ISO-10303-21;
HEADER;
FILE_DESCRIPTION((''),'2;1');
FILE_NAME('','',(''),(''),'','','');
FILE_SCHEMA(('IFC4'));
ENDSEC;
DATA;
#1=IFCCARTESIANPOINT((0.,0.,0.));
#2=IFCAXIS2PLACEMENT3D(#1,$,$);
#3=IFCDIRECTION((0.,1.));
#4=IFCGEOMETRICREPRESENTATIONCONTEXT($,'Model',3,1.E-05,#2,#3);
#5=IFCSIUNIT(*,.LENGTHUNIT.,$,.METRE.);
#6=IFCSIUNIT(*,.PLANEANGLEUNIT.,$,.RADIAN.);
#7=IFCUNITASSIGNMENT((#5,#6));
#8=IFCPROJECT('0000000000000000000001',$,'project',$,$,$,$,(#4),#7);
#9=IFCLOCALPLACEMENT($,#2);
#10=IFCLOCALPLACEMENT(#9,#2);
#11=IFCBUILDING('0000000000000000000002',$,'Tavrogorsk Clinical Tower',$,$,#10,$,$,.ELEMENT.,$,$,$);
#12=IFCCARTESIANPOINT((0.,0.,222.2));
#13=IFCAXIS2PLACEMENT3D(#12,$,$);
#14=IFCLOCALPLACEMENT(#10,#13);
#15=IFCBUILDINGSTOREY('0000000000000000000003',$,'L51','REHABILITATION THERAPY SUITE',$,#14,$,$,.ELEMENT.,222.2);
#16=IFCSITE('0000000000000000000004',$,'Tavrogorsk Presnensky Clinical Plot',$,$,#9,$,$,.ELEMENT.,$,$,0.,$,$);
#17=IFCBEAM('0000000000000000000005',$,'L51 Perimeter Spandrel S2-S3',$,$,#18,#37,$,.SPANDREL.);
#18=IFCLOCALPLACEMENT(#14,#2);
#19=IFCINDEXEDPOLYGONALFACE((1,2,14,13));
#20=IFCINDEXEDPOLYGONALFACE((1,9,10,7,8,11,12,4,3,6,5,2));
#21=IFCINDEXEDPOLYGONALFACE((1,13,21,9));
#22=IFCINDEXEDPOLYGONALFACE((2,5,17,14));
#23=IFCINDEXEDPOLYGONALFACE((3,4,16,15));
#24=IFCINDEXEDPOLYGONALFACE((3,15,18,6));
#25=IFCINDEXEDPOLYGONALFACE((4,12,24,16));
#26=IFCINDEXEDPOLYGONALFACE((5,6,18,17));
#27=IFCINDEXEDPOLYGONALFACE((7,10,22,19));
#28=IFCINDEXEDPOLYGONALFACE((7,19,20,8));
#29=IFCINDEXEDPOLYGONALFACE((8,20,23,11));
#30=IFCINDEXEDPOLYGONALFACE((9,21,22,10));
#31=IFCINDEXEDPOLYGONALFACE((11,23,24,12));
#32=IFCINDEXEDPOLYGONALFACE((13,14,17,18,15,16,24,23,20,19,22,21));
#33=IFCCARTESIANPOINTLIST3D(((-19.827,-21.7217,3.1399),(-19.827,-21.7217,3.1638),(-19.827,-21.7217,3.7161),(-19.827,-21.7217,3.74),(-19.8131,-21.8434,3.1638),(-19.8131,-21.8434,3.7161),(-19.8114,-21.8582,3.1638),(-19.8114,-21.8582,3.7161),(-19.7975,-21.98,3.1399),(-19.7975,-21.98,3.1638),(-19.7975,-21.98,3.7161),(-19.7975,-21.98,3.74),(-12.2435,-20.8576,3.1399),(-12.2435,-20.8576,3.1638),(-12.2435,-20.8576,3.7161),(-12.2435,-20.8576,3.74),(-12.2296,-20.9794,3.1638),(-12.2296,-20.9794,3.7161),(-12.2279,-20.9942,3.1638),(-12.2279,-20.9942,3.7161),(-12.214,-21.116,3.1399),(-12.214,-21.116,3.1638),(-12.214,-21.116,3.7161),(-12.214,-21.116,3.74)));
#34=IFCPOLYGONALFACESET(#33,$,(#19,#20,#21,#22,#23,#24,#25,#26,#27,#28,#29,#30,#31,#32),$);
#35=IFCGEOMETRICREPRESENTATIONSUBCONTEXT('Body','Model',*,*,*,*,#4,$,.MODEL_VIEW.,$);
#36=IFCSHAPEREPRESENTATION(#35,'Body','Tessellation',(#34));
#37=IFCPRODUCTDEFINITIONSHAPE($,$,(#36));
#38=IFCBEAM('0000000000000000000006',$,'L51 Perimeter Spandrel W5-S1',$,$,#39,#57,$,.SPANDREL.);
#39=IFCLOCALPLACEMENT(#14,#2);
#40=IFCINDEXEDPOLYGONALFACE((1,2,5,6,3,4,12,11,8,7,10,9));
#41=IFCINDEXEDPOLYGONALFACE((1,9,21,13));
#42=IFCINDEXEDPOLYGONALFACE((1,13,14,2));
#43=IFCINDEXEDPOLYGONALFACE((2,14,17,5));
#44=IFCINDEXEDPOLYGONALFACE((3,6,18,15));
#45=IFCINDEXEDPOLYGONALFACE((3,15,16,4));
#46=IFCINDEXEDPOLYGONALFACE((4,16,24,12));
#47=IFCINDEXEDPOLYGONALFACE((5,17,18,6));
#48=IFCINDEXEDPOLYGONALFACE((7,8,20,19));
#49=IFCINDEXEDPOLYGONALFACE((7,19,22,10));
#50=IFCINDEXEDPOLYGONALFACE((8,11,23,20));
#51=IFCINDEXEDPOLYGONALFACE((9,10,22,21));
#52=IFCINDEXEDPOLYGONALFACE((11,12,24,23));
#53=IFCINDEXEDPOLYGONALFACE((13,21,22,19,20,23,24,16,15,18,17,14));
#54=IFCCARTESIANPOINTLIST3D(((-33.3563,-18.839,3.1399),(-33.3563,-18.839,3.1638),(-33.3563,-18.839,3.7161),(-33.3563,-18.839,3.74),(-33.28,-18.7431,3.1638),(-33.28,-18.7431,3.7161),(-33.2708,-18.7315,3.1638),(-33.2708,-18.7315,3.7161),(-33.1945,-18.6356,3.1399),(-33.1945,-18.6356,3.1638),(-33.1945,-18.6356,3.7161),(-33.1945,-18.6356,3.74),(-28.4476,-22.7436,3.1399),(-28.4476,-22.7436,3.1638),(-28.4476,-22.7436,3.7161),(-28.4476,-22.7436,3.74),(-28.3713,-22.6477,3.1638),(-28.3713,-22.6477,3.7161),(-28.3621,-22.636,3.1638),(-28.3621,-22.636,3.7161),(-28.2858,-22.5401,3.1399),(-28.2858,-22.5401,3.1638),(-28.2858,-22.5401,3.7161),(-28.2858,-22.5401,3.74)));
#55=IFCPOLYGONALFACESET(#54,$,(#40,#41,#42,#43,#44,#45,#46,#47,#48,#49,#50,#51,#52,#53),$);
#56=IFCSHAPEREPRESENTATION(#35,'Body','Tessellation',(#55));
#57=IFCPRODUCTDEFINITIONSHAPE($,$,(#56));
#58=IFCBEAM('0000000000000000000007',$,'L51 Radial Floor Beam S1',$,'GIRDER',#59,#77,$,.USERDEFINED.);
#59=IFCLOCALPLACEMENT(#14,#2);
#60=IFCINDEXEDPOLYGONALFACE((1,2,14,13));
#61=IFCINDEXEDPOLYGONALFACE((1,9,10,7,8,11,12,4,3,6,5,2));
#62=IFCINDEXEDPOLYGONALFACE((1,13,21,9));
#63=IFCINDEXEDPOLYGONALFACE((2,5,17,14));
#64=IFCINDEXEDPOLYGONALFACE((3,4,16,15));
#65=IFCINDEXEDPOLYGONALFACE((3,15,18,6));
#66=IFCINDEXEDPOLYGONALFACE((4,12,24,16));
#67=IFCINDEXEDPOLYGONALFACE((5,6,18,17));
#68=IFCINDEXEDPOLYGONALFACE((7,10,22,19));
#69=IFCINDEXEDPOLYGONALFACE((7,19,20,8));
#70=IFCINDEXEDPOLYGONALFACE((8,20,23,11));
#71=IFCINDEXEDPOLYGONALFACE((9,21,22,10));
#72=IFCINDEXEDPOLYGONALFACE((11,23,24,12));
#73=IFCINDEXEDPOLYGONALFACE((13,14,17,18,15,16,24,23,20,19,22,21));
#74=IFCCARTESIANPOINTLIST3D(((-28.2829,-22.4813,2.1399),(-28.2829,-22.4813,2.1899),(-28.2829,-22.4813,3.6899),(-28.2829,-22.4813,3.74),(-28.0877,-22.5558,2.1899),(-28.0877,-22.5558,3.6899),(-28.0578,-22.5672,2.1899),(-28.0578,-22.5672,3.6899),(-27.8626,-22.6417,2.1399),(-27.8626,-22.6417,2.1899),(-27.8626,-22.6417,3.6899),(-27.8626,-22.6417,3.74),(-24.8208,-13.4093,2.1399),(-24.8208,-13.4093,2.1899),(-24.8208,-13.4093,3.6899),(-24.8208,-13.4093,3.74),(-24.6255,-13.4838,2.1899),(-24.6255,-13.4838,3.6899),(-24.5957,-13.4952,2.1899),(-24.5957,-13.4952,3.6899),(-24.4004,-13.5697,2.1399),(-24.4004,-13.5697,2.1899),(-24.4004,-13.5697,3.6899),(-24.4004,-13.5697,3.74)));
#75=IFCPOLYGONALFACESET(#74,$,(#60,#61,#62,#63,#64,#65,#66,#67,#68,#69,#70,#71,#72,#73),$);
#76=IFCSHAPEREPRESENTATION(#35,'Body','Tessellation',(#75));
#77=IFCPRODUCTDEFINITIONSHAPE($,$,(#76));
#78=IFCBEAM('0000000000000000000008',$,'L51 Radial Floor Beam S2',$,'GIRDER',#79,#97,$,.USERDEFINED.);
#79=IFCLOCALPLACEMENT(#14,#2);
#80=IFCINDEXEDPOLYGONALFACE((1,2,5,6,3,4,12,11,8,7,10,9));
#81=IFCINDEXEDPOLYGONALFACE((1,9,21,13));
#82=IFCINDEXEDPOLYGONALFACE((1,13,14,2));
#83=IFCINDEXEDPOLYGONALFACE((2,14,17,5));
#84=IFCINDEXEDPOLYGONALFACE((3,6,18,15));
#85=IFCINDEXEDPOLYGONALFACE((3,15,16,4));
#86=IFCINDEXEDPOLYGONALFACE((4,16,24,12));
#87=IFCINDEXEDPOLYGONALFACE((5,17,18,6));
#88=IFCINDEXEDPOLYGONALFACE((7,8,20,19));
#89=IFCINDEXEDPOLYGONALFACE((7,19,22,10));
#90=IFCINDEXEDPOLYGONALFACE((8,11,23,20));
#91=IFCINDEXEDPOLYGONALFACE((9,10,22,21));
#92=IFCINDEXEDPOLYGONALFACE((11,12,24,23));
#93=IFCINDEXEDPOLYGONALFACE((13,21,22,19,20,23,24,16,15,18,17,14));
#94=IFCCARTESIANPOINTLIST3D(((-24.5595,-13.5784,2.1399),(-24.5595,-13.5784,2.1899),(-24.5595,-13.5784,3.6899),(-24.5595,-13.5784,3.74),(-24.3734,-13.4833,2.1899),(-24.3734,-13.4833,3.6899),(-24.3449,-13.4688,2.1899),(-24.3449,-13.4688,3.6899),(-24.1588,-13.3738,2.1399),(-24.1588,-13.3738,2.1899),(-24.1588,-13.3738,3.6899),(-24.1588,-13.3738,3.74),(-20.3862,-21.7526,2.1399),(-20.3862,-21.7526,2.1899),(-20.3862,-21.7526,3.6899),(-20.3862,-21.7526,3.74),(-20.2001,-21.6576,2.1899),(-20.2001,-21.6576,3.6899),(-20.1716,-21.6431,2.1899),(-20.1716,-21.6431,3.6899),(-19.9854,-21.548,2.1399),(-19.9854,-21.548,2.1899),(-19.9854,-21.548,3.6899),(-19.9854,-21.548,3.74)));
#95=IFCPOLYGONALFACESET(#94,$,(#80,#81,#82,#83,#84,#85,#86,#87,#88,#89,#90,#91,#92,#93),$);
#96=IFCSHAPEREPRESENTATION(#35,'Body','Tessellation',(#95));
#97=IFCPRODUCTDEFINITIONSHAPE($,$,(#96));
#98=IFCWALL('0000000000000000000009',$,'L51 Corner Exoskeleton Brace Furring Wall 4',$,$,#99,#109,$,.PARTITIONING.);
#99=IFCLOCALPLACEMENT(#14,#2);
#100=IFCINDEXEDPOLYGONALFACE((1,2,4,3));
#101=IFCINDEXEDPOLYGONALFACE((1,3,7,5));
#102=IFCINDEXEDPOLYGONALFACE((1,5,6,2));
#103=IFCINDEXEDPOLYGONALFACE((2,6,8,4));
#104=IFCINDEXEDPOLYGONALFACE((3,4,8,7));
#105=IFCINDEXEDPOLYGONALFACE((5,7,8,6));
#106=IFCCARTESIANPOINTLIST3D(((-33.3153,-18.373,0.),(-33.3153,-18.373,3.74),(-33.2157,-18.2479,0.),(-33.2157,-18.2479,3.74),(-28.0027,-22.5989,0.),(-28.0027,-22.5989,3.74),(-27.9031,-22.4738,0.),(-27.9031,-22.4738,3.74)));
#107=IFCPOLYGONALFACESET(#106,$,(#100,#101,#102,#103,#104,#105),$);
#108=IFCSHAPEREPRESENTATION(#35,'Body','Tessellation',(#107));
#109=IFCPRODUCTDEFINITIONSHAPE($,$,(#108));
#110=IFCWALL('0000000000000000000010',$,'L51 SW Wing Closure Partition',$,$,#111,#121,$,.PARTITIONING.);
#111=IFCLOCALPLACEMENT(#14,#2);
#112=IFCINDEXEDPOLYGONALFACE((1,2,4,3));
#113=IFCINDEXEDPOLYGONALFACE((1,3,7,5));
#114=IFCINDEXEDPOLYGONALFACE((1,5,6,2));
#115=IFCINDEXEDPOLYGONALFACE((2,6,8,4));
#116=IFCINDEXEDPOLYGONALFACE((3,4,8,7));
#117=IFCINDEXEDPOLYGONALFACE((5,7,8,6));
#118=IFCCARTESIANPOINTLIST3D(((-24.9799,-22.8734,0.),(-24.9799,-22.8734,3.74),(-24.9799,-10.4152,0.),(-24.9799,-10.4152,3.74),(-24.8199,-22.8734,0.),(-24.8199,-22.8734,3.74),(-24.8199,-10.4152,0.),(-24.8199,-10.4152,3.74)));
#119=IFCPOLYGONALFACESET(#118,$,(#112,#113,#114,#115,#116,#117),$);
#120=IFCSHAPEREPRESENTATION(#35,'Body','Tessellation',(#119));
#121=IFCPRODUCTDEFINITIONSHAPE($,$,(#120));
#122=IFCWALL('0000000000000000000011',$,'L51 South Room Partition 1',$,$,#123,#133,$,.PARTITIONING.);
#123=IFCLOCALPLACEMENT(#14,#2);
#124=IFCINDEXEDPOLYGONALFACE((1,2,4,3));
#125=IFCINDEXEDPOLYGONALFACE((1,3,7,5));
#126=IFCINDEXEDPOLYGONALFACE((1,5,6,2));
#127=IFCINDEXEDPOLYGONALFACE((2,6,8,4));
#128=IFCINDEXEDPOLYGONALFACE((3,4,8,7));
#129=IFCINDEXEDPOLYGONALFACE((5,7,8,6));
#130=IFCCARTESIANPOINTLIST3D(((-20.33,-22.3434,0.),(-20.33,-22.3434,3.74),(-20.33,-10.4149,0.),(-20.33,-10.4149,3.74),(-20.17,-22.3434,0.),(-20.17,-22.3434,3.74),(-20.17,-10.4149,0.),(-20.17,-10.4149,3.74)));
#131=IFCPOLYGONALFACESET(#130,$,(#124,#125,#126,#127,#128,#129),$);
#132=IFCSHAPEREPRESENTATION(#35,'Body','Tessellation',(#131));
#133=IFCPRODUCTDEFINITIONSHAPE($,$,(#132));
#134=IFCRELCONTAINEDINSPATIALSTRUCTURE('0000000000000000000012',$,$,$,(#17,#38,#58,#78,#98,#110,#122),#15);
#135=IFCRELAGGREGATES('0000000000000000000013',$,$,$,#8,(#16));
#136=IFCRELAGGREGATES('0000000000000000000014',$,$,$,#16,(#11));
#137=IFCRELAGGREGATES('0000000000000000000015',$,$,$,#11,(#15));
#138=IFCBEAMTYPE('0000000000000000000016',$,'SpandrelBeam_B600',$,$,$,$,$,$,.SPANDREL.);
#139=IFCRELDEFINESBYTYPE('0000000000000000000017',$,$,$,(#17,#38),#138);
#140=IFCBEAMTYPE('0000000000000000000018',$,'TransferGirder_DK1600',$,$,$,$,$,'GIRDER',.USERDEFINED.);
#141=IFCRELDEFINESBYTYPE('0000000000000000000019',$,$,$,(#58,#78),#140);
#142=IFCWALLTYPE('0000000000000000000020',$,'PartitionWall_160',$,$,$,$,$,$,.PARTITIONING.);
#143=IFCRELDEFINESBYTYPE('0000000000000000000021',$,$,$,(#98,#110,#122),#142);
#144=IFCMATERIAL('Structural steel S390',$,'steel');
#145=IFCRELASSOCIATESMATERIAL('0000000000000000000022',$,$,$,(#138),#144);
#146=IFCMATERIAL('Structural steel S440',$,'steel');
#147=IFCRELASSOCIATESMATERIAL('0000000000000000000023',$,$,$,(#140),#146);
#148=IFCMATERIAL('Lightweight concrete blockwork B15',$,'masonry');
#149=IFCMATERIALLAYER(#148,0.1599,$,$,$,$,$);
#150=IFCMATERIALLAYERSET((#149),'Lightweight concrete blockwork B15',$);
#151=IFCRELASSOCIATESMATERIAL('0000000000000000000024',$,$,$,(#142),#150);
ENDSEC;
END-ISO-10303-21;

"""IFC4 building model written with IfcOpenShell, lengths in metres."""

from ifc_helpers import new_model, si_unit, direction, frame, frame_2d, origin, origin_2d, place, context, subcontext, project, spatial, rectangle, i_section, extrude, material, layer, layer_set, material_profile, profile_set, type_object, element, save


model = new_model("IFC4")

# Units and contexts
model_context = context("Model", 3, precision=1e-05, world=origin(), true_north=direction((0.0, 1.0)))
body_context = subcontext(model_context, "Body", "Model", "MODEL_VIEW")
ifc_project = project(units=[si_unit("LENGTHUNIT", "METRE"), si_unit("PLANEANGLEUNIT", "RADIAN")], contexts=[model_context])

# Site, building, storey
site_placement = place(None, origin())
site = spatial("IfcSite", under=ifc_project, at=site_placement, Name="Tavrogorsk Presnensky Clinical Plot", CompositionType="ELEMENT", RefElevation=0.0)
building_placement = place(site_placement, origin())
building = spatial("IfcBuilding", under=site, at=building_placement, Name="Tavrogorsk Clinical Tower", CompositionType="ELEMENT")
storey_placement = place(building_placement, frame((0.0, 0.0, 222.2)))
storey = spatial("IfcBuildingStorey", under=building, at=storey_placement, Name="L51", Description="REHABILITATION THERAPY SUITE", CompositionType="ELEMENT", Elevation=222.2)

# Beams
ifc_material_1 = material(Name="Structural steel S390", Category="steel")
ifc_material_profile_1 = material_profile(ifc_material_1, i_section(OverallWidth=0.26, OverallDepth=0.6001, WebThickness=0.0149, FlangeThickness=0.0239, at=origin_2d()), Name="B-600x260x15x24")
ifc_profile_set_1 = profile_set([ifc_material_profile_1], Name="Structural steel S390")
beam_type_1 = type_object("IfcBeamType", Name="SpandrelBeam_B600", PredefinedType="SPANDREL", material=ifc_profile_set_1)
for number, where, z_axis, x_axis, name in (
    (1, (-19.8123, -21.8508, 3.4399), (0.993572, 0.113201, 0.0), (-0.113201, 0.993572, 0.0), "L51 Perimeter Spandrel S2-S3"),
):
    element("IfcBeam", number, at=place(storey_placement, frame(where, z_axis=z_axis, x_axis=x_axis)), inside=storey, type_object=beam_type_1, Name=name, PredefinedType="SPANDREL", context=body_context, shape_type="SweptSolid", body=[
        extrude(i_section(OverallWidth=0.26, OverallDepth=0.6001, WebThickness=0.0149, FlangeThickness=0.0239, at=origin_2d()), origin(), (0.0, 0.0, 1.0), 7.6326),
    ])
beam_1_placement = place(storey_placement, frame((-33.2754, -18.7373, 3.4399), z_axis=(0.782609, -0.622514, 0.0), x_axis=(0.622514, 0.782609, 0.0)))
element("IfcBeam", 2, at=beam_1_placement, inside=storey, type_object=beam_type_1, Name="L51 Perimeter Spandrel W5-S1", PredefinedType="SPANDREL", context=body_context, shape_type="SweptSolid", body=[
    extrude(i_section(OverallWidth=0.26, OverallDepth=0.6001, WebThickness=0.0149, FlangeThickness=0.0239, at=origin_2d()), origin(), (0.0, 0.0, 1.0), 6.2722),
])
ifc_material_2 = material(Name="Structural steel S440", Category="steel")
ifc_material_profile_2 = material_profile(ifc_material_2, i_section(OverallWidth=0.45, OverallDepth=1.6001, WebThickness=0.032, FlangeThickness=0.05, at=origin_2d()), Name="DK-1600x450x32x50")
ifc_profile_set_2 = profile_set([ifc_material_profile_2], Name="Structural steel S440")
beam_type_2 = type_object("IfcBeamType", Name="TransferGirder_DK1600", ElementType="GIRDER", PredefinedType="USERDEFINED", material=ifc_profile_set_2)
beam_2_placement = place(storey_placement, frame((-24.6106, -13.4895, 2.9399), z_axis=(-0.356548, -0.934277, 0.0), x_axis=(0.934277, -0.356548, 0.0)))
element("IfcBeam", 3, at=beam_2_placement, inside=storey, type_object=beam_type_2, Name="L51 Radial Floor Beam S1", ObjectType="GIRDER", PredefinedType="USERDEFINED", context=body_context, shape_type="SweptSolid", body=[
    extrude(i_section(OverallWidth=0.45, OverallDepth=1.6001, WebThickness=0.032, FlangeThickness=0.05, at=origin_2d()), origin(), (0.0, 0.0, 1.0), 9.7102),
])
beam_3_placement = place(storey_placement, frame((-24.3591, -13.4761, 2.9399), z_axis=(0.45471, -0.89064, 0.0), x_axis=(0.89064, 0.45471, 0.0)))
element("IfcBeam", 4, at=beam_3_placement, inside=storey, type_object=beam_type_2, Name="L51 Radial Floor Beam S2", ObjectType="GIRDER", PredefinedType="USERDEFINED", context=body_context, shape_type="SweptSolid", body=[
    extrude(i_section(OverallWidth=0.45, OverallDepth=1.6001, WebThickness=0.032, FlangeThickness=0.05, at=origin_2d()), origin(), (0.0, 0.0, 1.0), 9.178),
])

# Walls
ifc_material_3 = material(Name="Lightweight concrete blockwork B15", Category="masonry")
ifc_layer_1 = layer(ifc_material_3, 0.1599)
ifc_layer_set_1 = layer_set([ifc_layer_1], Name="Lightweight concrete blockwork B15")
wall_type_1 = type_object("IfcWallType", Name="PartitionWall_160", PredefinedType="PARTITIONING", material=ifc_layer_set_1)
wall_1_placement = place(storey_placement, frame((-33.2654, -18.3105, 0.0), z_axis=(0.0, 0.0, 1.0), x_axis=(0.782603, -0.622522, 0.0)))
element("IfcWall", 5, at=wall_1_placement, inside=storey, type_object=wall_type_1, Name="L51 Corner Exoskeleton Brace Furring Wall 4", PredefinedType="PARTITIONING", context=body_context, shape_type="SweptSolid", body=[
    extrude(rectangle(XDim=6.7883, YDim=0.1599, at=frame_2d((3.394, 0.0))), origin(), (0.0, 0.0, 1.0), 3.74),
])
wall_2_placement = place(storey_placement, frame((-24.8999, -22.8733, 0.0), z_axis=(0.0, 0.0, 1.0), x_axis=(0.0, 1.0, 0.0)))
element("IfcWall", 6, at=wall_2_placement, inside=storey, type_object=wall_type_1, Name="L51 SW Wing Closure Partition", PredefinedType="PARTITIONING", context=body_context, shape_type="SweptSolid", body=[
    extrude(rectangle(XDim=12.4583, YDim=0.1599, at=frame_2d((6.229, 0.0))), origin(), (0.0, 0.0, 1.0), 3.74),
])
wall_3_placement = place(storey_placement, frame((-20.25, -22.3435, 0.0), z_axis=(0.0, 0.0, 1.0), x_axis=(0.0, 1.0, 0.0)))
element("IfcWall", 7, at=wall_3_placement, inside=storey, type_object=wall_type_1, Name="L51 South Room Partition 1", PredefinedType="PARTITIONING", context=body_context, shape_type="SweptSolid", body=[
    extrude(rectangle(XDim=11.9285, YDim=0.1599, at=frame_2d((5.9644, 0.0))), origin(), (0.0, 0.0, 1.0), 3.74),
])

save(model, "model.ifc")
